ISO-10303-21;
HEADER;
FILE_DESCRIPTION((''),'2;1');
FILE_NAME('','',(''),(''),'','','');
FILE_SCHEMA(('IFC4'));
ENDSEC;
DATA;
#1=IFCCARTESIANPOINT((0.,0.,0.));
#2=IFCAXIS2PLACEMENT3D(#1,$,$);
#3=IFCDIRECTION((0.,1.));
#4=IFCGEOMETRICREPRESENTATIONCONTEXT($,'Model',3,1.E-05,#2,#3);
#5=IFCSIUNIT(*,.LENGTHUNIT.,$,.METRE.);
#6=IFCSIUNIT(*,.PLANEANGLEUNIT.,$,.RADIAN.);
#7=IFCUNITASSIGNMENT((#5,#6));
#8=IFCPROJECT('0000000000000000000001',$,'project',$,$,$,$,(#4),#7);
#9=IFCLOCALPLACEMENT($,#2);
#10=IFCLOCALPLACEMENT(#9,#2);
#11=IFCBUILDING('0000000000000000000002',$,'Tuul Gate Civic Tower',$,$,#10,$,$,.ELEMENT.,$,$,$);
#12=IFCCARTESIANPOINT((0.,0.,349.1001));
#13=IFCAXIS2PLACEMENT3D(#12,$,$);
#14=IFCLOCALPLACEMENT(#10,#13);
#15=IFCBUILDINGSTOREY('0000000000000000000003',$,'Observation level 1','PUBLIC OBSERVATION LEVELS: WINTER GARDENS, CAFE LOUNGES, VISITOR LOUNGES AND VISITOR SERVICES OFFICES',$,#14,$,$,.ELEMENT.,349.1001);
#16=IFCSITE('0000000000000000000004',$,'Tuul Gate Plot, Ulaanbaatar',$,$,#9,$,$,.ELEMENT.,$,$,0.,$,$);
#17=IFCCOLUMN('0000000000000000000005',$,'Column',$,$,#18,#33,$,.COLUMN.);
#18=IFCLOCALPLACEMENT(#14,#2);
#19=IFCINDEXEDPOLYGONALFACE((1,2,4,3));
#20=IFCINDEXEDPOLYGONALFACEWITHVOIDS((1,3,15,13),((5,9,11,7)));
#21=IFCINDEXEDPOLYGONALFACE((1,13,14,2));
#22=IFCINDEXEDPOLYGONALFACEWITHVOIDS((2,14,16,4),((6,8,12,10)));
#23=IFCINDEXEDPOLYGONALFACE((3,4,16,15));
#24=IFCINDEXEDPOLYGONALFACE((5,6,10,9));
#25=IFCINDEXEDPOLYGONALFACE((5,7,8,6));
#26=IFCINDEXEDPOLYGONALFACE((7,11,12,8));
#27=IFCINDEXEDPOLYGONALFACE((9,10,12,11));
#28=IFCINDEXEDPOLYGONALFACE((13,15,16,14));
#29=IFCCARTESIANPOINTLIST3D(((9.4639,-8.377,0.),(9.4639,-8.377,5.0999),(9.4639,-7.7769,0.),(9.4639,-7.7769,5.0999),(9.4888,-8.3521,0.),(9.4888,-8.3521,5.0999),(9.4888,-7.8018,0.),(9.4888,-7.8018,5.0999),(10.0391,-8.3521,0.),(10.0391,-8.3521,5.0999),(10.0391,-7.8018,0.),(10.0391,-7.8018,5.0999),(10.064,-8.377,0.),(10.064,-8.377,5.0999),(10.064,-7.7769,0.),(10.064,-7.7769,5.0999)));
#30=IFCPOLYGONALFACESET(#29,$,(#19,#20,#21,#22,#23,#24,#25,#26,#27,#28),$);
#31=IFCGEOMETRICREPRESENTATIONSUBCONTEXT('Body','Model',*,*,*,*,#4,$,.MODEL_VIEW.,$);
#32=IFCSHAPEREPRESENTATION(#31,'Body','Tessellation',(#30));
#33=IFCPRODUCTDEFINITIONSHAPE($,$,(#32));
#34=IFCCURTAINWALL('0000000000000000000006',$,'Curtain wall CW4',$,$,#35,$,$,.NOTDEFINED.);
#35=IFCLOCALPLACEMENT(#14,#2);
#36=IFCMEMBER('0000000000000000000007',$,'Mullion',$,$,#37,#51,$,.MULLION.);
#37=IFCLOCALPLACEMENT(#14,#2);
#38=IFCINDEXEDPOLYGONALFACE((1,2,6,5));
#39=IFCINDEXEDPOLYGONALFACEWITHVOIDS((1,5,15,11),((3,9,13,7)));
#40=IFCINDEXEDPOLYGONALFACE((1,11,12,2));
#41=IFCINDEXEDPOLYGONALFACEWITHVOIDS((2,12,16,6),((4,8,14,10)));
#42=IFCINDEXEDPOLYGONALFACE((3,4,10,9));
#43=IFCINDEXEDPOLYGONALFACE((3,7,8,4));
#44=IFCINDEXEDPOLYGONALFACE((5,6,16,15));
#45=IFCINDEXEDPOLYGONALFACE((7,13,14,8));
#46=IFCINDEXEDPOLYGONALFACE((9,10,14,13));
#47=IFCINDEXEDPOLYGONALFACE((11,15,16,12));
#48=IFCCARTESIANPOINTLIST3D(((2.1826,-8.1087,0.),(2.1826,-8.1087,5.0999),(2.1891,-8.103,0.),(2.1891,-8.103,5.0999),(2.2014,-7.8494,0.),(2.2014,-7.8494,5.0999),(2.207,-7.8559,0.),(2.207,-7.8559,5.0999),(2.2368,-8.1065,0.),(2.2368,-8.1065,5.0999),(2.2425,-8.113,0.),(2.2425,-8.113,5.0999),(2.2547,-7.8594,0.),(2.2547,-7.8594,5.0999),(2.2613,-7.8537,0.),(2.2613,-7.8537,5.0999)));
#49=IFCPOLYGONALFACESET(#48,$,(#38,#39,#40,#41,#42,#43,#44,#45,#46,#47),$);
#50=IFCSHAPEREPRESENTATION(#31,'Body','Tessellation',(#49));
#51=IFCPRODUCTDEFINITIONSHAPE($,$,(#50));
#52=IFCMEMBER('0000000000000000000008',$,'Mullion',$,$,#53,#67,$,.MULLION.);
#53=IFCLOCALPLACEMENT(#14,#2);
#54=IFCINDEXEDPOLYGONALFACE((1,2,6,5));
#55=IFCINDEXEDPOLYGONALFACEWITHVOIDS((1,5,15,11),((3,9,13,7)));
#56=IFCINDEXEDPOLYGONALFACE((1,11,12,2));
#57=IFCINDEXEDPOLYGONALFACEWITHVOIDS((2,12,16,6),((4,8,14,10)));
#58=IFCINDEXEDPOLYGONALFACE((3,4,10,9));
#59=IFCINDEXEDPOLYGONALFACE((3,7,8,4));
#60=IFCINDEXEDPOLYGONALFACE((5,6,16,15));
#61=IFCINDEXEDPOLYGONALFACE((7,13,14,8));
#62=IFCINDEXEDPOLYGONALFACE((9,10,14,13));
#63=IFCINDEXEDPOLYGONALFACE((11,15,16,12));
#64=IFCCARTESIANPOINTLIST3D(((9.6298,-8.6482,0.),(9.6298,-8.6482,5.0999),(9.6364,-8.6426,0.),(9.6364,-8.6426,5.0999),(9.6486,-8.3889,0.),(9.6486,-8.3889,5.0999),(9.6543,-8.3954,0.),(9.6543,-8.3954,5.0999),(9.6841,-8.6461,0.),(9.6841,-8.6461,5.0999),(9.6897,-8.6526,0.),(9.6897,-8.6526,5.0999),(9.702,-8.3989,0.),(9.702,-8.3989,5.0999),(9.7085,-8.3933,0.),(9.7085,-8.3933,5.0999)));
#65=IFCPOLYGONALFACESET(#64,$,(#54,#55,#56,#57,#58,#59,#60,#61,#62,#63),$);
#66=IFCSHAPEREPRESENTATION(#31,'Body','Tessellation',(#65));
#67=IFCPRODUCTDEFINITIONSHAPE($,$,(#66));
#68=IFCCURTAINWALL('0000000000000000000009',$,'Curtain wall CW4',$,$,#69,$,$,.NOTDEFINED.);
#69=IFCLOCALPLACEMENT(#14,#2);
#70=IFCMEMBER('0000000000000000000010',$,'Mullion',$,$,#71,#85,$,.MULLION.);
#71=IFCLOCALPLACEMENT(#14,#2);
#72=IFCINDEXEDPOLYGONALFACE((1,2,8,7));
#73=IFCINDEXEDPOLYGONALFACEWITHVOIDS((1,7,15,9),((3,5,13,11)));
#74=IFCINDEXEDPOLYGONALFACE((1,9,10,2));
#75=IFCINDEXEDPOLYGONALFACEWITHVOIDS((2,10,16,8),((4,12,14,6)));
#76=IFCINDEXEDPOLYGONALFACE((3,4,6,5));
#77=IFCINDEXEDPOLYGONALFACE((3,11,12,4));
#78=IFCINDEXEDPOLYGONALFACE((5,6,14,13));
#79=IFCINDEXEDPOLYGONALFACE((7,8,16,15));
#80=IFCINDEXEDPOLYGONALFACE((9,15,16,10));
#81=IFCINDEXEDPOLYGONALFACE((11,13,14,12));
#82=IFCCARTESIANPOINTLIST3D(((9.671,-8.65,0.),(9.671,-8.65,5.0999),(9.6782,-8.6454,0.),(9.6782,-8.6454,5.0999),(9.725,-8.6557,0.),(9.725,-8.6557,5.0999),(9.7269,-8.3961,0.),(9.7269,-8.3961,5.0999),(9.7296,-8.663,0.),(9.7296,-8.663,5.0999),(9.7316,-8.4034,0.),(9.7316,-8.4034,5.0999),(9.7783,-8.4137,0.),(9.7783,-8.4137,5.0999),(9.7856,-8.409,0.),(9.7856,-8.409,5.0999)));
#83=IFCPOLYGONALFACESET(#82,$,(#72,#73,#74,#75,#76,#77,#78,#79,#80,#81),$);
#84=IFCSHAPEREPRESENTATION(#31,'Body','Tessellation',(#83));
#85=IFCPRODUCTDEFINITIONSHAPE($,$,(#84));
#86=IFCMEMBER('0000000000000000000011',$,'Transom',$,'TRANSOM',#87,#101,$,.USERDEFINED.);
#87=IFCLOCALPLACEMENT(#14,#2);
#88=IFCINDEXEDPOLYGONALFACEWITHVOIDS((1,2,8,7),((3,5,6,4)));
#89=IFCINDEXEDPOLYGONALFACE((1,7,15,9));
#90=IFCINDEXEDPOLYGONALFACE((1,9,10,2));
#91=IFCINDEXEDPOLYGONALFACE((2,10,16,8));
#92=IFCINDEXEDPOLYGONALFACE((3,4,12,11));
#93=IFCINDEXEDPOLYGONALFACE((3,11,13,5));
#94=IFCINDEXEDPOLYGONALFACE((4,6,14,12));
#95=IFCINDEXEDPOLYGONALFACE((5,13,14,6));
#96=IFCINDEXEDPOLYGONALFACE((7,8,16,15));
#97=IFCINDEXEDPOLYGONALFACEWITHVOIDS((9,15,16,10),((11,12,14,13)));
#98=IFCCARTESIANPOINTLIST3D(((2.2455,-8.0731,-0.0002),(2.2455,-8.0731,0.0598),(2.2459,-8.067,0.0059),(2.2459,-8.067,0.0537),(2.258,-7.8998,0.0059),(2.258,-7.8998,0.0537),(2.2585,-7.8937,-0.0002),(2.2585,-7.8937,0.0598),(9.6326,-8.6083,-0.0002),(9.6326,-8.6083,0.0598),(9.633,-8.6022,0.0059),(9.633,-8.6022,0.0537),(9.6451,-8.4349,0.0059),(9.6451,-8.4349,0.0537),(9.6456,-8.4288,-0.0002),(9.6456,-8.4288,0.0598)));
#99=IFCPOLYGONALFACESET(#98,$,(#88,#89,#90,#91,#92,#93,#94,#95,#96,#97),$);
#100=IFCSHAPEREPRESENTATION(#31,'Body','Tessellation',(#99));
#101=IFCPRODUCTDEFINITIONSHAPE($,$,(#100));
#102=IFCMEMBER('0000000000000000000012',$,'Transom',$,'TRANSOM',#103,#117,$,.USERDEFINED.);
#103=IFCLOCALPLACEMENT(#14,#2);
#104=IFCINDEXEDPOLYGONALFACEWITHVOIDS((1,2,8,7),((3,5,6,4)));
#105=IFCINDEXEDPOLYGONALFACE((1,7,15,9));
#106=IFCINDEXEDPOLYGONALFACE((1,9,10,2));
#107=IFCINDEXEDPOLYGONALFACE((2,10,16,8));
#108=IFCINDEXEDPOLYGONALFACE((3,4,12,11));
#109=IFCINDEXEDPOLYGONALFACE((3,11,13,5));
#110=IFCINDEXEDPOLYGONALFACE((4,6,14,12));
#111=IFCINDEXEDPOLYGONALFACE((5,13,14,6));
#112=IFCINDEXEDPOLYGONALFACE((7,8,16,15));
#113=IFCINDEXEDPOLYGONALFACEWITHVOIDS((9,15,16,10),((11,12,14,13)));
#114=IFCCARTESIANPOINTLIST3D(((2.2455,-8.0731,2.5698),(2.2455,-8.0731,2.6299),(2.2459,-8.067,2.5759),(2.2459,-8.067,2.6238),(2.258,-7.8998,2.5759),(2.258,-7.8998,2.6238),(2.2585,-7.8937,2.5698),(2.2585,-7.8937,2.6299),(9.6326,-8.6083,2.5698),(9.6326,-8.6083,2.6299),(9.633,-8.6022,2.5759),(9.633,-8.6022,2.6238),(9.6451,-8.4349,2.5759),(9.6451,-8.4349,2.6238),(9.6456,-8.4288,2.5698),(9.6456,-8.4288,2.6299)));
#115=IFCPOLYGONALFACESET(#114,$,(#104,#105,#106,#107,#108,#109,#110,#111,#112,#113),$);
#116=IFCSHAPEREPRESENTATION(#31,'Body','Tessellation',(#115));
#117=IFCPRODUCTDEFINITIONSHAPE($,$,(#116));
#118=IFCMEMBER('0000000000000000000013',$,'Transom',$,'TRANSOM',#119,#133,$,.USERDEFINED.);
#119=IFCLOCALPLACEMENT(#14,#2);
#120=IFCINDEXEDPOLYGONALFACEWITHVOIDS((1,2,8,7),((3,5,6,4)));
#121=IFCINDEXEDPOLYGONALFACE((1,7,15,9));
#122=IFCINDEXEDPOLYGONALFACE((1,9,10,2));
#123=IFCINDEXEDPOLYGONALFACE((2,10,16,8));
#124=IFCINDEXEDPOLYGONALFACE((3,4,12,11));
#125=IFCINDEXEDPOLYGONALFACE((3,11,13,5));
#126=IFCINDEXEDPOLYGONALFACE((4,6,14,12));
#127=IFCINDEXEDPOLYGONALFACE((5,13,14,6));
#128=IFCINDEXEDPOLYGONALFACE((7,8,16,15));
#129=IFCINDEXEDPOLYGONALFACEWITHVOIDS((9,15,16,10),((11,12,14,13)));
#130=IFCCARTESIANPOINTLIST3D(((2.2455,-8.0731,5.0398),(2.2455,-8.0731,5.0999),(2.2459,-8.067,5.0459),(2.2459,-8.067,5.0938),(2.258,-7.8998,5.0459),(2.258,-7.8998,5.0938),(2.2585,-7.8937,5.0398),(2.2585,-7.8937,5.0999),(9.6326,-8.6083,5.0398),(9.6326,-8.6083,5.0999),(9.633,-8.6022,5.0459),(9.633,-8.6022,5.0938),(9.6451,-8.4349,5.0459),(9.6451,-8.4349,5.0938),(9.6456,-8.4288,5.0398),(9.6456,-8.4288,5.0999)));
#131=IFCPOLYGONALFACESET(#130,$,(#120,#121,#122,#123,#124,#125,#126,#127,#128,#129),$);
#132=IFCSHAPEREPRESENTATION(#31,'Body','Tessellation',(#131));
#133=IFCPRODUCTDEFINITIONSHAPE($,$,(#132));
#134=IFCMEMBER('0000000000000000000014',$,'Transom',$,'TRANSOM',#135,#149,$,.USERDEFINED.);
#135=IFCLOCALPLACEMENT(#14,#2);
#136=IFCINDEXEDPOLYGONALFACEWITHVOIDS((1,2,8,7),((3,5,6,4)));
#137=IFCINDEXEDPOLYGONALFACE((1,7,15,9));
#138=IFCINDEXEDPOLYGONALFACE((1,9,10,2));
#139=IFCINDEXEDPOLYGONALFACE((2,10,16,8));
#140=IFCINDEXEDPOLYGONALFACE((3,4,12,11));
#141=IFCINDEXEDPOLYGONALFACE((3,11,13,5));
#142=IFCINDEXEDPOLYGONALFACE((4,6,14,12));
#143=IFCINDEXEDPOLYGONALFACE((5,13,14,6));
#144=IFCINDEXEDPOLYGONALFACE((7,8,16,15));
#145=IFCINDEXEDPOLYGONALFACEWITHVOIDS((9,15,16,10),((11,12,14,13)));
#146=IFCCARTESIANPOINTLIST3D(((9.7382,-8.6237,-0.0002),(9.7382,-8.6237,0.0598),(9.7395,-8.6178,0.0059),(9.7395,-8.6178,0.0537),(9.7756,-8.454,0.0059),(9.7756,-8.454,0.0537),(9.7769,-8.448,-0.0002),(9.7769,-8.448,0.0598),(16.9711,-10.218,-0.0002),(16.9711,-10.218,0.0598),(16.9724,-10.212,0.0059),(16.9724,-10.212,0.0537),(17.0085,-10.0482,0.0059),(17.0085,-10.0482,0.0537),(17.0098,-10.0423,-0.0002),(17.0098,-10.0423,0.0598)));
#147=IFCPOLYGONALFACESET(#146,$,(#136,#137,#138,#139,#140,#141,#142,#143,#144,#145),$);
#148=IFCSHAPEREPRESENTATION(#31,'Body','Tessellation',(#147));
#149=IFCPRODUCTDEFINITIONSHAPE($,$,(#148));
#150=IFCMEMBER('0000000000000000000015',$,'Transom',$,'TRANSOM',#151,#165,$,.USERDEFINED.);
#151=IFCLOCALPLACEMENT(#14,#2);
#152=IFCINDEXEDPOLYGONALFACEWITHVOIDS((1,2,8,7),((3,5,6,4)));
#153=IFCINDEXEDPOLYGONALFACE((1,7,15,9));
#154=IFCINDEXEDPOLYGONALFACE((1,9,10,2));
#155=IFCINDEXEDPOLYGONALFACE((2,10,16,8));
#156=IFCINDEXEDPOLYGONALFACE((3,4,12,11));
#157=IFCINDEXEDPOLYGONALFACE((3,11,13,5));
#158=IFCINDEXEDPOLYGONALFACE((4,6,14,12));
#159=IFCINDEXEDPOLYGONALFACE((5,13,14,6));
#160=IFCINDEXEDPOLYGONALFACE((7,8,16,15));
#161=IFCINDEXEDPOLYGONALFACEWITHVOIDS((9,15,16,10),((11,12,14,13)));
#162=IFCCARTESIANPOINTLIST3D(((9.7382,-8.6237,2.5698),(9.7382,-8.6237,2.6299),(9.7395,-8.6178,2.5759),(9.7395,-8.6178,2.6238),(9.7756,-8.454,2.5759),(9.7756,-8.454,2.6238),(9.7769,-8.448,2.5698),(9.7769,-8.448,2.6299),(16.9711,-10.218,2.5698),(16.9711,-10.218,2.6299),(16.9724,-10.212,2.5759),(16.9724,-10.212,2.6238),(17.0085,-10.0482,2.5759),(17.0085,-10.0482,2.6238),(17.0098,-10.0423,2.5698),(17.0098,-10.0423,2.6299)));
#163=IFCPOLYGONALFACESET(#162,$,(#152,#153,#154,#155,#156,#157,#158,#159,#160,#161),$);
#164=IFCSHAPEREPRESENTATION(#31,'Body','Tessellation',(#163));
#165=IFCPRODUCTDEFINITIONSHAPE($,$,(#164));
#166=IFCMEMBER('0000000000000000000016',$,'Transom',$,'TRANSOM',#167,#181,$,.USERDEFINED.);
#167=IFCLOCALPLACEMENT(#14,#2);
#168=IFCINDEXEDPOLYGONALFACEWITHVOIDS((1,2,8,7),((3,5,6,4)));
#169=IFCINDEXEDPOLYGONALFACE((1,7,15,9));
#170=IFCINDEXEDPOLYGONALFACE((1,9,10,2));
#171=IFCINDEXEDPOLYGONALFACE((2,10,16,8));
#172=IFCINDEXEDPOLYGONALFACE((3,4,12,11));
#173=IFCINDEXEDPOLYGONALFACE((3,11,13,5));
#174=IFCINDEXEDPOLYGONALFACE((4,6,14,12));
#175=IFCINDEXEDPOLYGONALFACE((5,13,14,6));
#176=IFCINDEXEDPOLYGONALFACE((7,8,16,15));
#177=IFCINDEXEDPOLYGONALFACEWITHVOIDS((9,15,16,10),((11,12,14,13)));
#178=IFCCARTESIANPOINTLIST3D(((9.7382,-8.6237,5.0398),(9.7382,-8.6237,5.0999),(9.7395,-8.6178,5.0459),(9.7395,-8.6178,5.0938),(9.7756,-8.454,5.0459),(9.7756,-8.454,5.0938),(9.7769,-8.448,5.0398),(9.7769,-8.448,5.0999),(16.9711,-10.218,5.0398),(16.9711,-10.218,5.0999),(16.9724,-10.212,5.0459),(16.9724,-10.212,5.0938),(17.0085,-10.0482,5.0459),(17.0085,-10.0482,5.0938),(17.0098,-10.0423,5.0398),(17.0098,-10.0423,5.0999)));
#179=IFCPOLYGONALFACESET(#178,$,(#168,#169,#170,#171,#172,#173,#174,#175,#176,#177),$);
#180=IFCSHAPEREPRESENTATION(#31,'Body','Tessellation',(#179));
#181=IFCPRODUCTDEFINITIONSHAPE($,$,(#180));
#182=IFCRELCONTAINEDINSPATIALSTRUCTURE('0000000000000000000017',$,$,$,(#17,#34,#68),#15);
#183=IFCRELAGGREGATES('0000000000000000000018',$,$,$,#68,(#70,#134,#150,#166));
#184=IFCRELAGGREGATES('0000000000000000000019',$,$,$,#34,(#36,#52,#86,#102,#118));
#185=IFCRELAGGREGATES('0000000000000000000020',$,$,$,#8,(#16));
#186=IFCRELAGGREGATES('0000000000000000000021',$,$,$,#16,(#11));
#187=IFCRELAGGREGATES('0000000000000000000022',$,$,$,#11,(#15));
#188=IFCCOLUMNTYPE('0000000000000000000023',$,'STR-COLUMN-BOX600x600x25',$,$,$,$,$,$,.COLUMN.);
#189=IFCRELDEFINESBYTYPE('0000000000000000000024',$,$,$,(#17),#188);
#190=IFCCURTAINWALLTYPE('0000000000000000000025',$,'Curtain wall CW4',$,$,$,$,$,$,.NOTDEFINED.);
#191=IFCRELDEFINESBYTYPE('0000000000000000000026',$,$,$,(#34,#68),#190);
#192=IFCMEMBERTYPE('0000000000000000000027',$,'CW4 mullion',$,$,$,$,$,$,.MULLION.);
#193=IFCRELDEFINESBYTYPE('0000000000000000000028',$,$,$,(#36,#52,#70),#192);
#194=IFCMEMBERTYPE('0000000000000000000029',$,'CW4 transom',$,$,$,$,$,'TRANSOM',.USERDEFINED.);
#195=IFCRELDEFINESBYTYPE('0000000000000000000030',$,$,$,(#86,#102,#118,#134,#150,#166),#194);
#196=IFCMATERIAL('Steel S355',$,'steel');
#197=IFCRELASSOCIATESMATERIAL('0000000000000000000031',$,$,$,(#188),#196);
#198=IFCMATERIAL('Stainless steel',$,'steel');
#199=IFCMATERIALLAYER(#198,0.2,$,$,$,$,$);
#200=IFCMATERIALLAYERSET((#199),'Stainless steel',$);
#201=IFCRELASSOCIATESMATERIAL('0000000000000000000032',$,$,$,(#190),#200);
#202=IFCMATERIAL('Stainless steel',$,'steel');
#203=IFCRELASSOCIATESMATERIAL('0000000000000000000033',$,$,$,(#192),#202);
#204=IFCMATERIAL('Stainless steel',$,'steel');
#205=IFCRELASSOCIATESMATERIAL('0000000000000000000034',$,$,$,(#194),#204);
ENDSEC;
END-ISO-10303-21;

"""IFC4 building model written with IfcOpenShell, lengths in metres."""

from ifc_helpers import new_model, si_unit, direction, frame, origin, origin_2d, place, context, subcontext, project, spatial, hollow_rectangle, extrude, material, layer, layer_set, material_profile, profile_set, type_object, element, aggregate, save


model = new_model("IFC4")

# Units and contexts
model_context = context("Model", 3, precision=1e-05, world=origin(), true_north=direction((0.0, 1.0)))
body_context = subcontext(model_context, "Body", "Model", "MODEL_VIEW")
ifc_project = project(units=[si_unit("LENGTHUNIT", "METRE"), si_unit("PLANEANGLEUNIT", "RADIAN")], contexts=[model_context])

# Site, building, storey
site_placement = place(None, origin())
site = spatial("IfcSite", under=ifc_project, at=site_placement, Name="Tuul Gate Plot, Ulaanbaatar", CompositionType="ELEMENT", RefElevation=0.0)
building_placement = place(site_placement, origin())
building = spatial("IfcBuilding", under=site, at=building_placement, Name="Tuul Gate Civic Tower", CompositionType="ELEMENT")
storey_placement = place(building_placement, frame((0.0, 0.0, 349.1001)))
storey = spatial("IfcBuildingStorey", under=building, at=storey_placement, Name="Observation level 1", Description="PUBLIC OBSERVATION LEVELS: WINTER GARDENS, CAFE LOUNGES, VISITOR LOUNGES AND VISITOR SERVICES OFFICES", CompositionType="ELEMENT", Elevation=349.1001)

# Column
ifc_material_1 = material(Name="Steel S355", Category="steel")
ifc_material_profile_1 = material_profile(ifc_material_1, hollow_rectangle(XDim=0.6001, YDim=0.6001, WallThickness=0.0249, at=origin_2d()), Name="BOX600x600x25")
ifc_profile_set_1 = profile_set([ifc_material_profile_1], Name="Steel S355")
column_type = type_object("IfcColumnType", Name="STR-COLUMN-BOX600x600x25", PredefinedType="COLUMN", material=ifc_profile_set_1)
column_placement = place(storey_placement, frame((9.7639, -8.0769, 0.0), z_axis=(0.0, 0.0, 1.0), x_axis=(1.0, 0.0, 0.0)))
element("IfcColumn", 1, at=column_placement, inside=storey, type_object=column_type, Name="Column", PredefinedType="COLUMN", context=body_context, shape_type="SweptSolid", body=[
    extrude(hollow_rectangle(XDim=0.6001, YDim=0.6001, WallThickness=0.0249, at=origin_2d()), origin(), (0.0, 0.0, 1.0), 5.0999),
])

# Curtain wall, members
ifc_material_2 = material(Name="Stainless steel", Category="steel")
ifc_layer_1 = layer(ifc_material_2, 0.2)
ifc_layer_set_1 = layer_set([ifc_layer_1], Name="Stainless steel")
curtain_wall_type = type_object("IfcCurtainWallType", Name="Curtain wall CW4", PredefinedType="NOTDEFINED", material=ifc_layer_set_1)
curtain_wall_1_placement = place(storey_placement, origin())
curtain_wall_1 = element("IfcCurtainWall", 2, at=curtain_wall_1_placement, inside=storey, type_object=curtain_wall_type, Name="Curtain wall CW4", PredefinedType="NOTDEFINED")
ifc_material_3 = material(Name="Stainless steel", Category="steel")
ifc_material_profile_2 = material_profile(ifc_material_3, hollow_rectangle(XDim=0.26, YDim=0.0601, WallThickness=0.0061, at=origin_2d()), Name="CW4 mullion")
ifc_profile_set_2 = profile_set([ifc_material_profile_2], Name="Stainless steel")
member_type_1 = type_object("IfcMemberType", Name="CW4 mullion", PredefinedType="MULLION", material=ifc_profile_set_2)
member_1_placement = place(storey_placement, frame((2.2219, -7.9812, 0.0), z_axis=(0.0, 0.0, 1.0), x_axis=(0.072276, 0.997385, 0.0)))
member_1 = element("IfcMember", 3, at=member_1_placement, type_object=member_type_1, Name="Mullion", PredefinedType="MULLION", context=body_context, shape_type="SweptSolid", body=[
    extrude(hollow_rectangle(XDim=0.26, YDim=0.0601, WallThickness=0.0061, at=origin_2d()), origin(), (0.0, 0.0, 1.0), 5.0999),
])
member_2_placement = place(storey_placement, frame((9.6692, -8.5208, 0.0), z_axis=(0.0, 0.0, 1.0), x_axis=(0.072276, 0.997385, 0.0)))
member_2 = element("IfcMember", 4, at=member_2_placement, type_object=member_type_1, Name="Mullion", PredefinedType="MULLION", context=body_context, shape_type="SweptSolid", body=[
    extrude(hollow_rectangle(XDim=0.26, YDim=0.0601, WallThickness=0.0061, at=origin_2d()), origin(), (0.0, 0.0, 1.0), 5.0999),
])

# Curtain wall, member
curtain_wall_2_placement = place(storey_placement, origin())
curtain_wall_2 = element("IfcCurtainWall", 5, at=curtain_wall_2_placement, inside=storey, type_object=curtain_wall_type, Name="Curtain wall CW4", PredefinedType="NOTDEFINED")
member_3_placement = place(storey_placement, frame((9.7283, -8.5295, 0.0), z_axis=(0.0, 0.0, 1.0), x_axis=(0.215242, 0.976561, 0.0)))
member_3 = element("IfcMember", 6, at=member_3_placement, type_object=member_type_1, Name="Mullion", PredefinedType="MULLION", context=body_context, shape_type="SweptSolid", body=[
    extrude(hollow_rectangle(XDim=0.26, YDim=0.0601, WallThickness=0.0061, at=origin_2d()), origin(), (0.0, 0.0, 1.0), 5.0999),
])

# Members
ifc_material_4 = material(Name="Stainless steel", Category="steel")
ifc_material_profile_3 = material_profile(ifc_material_4, hollow_rectangle(XDim=0.1799, YDim=0.0601, WallThickness=0.0061, at=origin_2d()), Name="CW4 transom")
ifc_profile_set_3 = profile_set([ifc_material_profile_3], Name="Stainless steel")
member_type_2 = type_object("IfcMemberType", Name="CW4 transom", ElementType="TRANSOM", PredefinedType="USERDEFINED", material=ifc_profile_set_3)
member_4_placement = place(storey_placement, frame((2.252, -7.9834, 0.0298), z_axis=(0.997386, -0.072254, 0.0), x_axis=(0.072254, 0.997386, 0.0)))
member_4 = element("IfcMember", 7, at=member_4_placement, type_object=member_type_2, Name="Transom", ObjectType="TRANSOM", PredefinedType="USERDEFINED", context=body_context, shape_type="SweptSolid", body=[
    extrude(hollow_rectangle(XDim=0.1799, YDim=0.0601, WallThickness=0.0061, at=origin_2d()), origin(), (0.0, 0.0, 1.0), 7.4065),
])
member_5_placement = place(storey_placement, frame((2.252, -7.9834, 2.5999), z_axis=(0.997386, -0.072254, 0.0), x_axis=(0.072254, 0.997386, 0.0)))
member_5 = element("IfcMember", 8, at=member_5_placement, type_object=member_type_2, Name="Transom", ObjectType="TRANSOM", PredefinedType="USERDEFINED", context=body_context, shape_type="SweptSolid", body=[
    extrude(hollow_rectangle(XDim=0.1799, YDim=0.0601, WallThickness=0.0061, at=origin_2d()), origin(), (0.0, 0.0, 1.0), 7.4065),
])
member_6_placement = place(storey_placement, frame((2.252, -7.9834, 5.0698), z_axis=(0.997386, -0.072254, 0.0), x_axis=(0.072254, 0.997386, 0.0)))
member_6 = element("IfcMember", 9, at=member_6_placement, type_object=member_type_2, Name="Transom", ObjectType="TRANSOM", PredefinedType="USERDEFINED", context=body_context, shape_type="SweptSolid", body=[
    extrude(hollow_rectangle(XDim=0.1799, YDim=0.0601, WallThickness=0.0061, at=origin_2d()), origin(), (0.0, 0.0, 1.0), 7.4065),
])
member_7_placement = place(storey_placement, frame((9.7576, -8.5359, 0.0298), z_axis=(0.976559, -0.215248, 0.0), x_axis=(0.215248, 0.976559, 0.0)))
member_7 = element("IfcMember", 10, at=member_7_placement, type_object=member_type_2, Name="Transom", ObjectType="TRANSOM", PredefinedType="USERDEFINED", context=body_context, shape_type="SweptSolid", body=[
    extrude(hollow_rectangle(XDim=0.1799, YDim=0.0601, WallThickness=0.0061, at=origin_2d()), origin(), (0.0, 0.0, 1.0), 7.4065),
])
member_8_placement = place(storey_placement, frame((9.7576, -8.5359, 2.5999), z_axis=(0.976559, -0.215248, 0.0), x_axis=(0.215248, 0.976559, 0.0)))
member_8 = element("IfcMember", 11, at=member_8_placement, type_object=member_type_2, Name="Transom", ObjectType="TRANSOM", PredefinedType="USERDEFINED", context=body_context, shape_type="SweptSolid", body=[
    extrude(hollow_rectangle(XDim=0.1799, YDim=0.0601, WallThickness=0.0061, at=origin_2d()), origin(), (0.0, 0.0, 1.0), 7.4065),
])
member_9_placement = place(storey_placement, frame((9.7576, -8.5359, 5.0698), z_axis=(0.976559, -0.215248, 0.0), x_axis=(0.215248, 0.976559, 0.0)))
member_9 = element("IfcMember", 12, at=member_9_placement, type_object=member_type_2, Name="Transom", ObjectType="TRANSOM", PredefinedType="USERDEFINED", context=body_context, shape_type="SweptSolid", body=[
    extrude(hollow_rectangle(XDim=0.1799, YDim=0.0601, WallThickness=0.0061, at=origin_2d()), origin(), (0.0, 0.0, 1.0), 7.4065),
])
aggregate(curtain_wall_2, [member_3, member_7, member_8, member_9])

aggregate(curtain_wall_1, [member_1, member_2, member_4, member_5, member_6])

save(model, "model.ifc")
